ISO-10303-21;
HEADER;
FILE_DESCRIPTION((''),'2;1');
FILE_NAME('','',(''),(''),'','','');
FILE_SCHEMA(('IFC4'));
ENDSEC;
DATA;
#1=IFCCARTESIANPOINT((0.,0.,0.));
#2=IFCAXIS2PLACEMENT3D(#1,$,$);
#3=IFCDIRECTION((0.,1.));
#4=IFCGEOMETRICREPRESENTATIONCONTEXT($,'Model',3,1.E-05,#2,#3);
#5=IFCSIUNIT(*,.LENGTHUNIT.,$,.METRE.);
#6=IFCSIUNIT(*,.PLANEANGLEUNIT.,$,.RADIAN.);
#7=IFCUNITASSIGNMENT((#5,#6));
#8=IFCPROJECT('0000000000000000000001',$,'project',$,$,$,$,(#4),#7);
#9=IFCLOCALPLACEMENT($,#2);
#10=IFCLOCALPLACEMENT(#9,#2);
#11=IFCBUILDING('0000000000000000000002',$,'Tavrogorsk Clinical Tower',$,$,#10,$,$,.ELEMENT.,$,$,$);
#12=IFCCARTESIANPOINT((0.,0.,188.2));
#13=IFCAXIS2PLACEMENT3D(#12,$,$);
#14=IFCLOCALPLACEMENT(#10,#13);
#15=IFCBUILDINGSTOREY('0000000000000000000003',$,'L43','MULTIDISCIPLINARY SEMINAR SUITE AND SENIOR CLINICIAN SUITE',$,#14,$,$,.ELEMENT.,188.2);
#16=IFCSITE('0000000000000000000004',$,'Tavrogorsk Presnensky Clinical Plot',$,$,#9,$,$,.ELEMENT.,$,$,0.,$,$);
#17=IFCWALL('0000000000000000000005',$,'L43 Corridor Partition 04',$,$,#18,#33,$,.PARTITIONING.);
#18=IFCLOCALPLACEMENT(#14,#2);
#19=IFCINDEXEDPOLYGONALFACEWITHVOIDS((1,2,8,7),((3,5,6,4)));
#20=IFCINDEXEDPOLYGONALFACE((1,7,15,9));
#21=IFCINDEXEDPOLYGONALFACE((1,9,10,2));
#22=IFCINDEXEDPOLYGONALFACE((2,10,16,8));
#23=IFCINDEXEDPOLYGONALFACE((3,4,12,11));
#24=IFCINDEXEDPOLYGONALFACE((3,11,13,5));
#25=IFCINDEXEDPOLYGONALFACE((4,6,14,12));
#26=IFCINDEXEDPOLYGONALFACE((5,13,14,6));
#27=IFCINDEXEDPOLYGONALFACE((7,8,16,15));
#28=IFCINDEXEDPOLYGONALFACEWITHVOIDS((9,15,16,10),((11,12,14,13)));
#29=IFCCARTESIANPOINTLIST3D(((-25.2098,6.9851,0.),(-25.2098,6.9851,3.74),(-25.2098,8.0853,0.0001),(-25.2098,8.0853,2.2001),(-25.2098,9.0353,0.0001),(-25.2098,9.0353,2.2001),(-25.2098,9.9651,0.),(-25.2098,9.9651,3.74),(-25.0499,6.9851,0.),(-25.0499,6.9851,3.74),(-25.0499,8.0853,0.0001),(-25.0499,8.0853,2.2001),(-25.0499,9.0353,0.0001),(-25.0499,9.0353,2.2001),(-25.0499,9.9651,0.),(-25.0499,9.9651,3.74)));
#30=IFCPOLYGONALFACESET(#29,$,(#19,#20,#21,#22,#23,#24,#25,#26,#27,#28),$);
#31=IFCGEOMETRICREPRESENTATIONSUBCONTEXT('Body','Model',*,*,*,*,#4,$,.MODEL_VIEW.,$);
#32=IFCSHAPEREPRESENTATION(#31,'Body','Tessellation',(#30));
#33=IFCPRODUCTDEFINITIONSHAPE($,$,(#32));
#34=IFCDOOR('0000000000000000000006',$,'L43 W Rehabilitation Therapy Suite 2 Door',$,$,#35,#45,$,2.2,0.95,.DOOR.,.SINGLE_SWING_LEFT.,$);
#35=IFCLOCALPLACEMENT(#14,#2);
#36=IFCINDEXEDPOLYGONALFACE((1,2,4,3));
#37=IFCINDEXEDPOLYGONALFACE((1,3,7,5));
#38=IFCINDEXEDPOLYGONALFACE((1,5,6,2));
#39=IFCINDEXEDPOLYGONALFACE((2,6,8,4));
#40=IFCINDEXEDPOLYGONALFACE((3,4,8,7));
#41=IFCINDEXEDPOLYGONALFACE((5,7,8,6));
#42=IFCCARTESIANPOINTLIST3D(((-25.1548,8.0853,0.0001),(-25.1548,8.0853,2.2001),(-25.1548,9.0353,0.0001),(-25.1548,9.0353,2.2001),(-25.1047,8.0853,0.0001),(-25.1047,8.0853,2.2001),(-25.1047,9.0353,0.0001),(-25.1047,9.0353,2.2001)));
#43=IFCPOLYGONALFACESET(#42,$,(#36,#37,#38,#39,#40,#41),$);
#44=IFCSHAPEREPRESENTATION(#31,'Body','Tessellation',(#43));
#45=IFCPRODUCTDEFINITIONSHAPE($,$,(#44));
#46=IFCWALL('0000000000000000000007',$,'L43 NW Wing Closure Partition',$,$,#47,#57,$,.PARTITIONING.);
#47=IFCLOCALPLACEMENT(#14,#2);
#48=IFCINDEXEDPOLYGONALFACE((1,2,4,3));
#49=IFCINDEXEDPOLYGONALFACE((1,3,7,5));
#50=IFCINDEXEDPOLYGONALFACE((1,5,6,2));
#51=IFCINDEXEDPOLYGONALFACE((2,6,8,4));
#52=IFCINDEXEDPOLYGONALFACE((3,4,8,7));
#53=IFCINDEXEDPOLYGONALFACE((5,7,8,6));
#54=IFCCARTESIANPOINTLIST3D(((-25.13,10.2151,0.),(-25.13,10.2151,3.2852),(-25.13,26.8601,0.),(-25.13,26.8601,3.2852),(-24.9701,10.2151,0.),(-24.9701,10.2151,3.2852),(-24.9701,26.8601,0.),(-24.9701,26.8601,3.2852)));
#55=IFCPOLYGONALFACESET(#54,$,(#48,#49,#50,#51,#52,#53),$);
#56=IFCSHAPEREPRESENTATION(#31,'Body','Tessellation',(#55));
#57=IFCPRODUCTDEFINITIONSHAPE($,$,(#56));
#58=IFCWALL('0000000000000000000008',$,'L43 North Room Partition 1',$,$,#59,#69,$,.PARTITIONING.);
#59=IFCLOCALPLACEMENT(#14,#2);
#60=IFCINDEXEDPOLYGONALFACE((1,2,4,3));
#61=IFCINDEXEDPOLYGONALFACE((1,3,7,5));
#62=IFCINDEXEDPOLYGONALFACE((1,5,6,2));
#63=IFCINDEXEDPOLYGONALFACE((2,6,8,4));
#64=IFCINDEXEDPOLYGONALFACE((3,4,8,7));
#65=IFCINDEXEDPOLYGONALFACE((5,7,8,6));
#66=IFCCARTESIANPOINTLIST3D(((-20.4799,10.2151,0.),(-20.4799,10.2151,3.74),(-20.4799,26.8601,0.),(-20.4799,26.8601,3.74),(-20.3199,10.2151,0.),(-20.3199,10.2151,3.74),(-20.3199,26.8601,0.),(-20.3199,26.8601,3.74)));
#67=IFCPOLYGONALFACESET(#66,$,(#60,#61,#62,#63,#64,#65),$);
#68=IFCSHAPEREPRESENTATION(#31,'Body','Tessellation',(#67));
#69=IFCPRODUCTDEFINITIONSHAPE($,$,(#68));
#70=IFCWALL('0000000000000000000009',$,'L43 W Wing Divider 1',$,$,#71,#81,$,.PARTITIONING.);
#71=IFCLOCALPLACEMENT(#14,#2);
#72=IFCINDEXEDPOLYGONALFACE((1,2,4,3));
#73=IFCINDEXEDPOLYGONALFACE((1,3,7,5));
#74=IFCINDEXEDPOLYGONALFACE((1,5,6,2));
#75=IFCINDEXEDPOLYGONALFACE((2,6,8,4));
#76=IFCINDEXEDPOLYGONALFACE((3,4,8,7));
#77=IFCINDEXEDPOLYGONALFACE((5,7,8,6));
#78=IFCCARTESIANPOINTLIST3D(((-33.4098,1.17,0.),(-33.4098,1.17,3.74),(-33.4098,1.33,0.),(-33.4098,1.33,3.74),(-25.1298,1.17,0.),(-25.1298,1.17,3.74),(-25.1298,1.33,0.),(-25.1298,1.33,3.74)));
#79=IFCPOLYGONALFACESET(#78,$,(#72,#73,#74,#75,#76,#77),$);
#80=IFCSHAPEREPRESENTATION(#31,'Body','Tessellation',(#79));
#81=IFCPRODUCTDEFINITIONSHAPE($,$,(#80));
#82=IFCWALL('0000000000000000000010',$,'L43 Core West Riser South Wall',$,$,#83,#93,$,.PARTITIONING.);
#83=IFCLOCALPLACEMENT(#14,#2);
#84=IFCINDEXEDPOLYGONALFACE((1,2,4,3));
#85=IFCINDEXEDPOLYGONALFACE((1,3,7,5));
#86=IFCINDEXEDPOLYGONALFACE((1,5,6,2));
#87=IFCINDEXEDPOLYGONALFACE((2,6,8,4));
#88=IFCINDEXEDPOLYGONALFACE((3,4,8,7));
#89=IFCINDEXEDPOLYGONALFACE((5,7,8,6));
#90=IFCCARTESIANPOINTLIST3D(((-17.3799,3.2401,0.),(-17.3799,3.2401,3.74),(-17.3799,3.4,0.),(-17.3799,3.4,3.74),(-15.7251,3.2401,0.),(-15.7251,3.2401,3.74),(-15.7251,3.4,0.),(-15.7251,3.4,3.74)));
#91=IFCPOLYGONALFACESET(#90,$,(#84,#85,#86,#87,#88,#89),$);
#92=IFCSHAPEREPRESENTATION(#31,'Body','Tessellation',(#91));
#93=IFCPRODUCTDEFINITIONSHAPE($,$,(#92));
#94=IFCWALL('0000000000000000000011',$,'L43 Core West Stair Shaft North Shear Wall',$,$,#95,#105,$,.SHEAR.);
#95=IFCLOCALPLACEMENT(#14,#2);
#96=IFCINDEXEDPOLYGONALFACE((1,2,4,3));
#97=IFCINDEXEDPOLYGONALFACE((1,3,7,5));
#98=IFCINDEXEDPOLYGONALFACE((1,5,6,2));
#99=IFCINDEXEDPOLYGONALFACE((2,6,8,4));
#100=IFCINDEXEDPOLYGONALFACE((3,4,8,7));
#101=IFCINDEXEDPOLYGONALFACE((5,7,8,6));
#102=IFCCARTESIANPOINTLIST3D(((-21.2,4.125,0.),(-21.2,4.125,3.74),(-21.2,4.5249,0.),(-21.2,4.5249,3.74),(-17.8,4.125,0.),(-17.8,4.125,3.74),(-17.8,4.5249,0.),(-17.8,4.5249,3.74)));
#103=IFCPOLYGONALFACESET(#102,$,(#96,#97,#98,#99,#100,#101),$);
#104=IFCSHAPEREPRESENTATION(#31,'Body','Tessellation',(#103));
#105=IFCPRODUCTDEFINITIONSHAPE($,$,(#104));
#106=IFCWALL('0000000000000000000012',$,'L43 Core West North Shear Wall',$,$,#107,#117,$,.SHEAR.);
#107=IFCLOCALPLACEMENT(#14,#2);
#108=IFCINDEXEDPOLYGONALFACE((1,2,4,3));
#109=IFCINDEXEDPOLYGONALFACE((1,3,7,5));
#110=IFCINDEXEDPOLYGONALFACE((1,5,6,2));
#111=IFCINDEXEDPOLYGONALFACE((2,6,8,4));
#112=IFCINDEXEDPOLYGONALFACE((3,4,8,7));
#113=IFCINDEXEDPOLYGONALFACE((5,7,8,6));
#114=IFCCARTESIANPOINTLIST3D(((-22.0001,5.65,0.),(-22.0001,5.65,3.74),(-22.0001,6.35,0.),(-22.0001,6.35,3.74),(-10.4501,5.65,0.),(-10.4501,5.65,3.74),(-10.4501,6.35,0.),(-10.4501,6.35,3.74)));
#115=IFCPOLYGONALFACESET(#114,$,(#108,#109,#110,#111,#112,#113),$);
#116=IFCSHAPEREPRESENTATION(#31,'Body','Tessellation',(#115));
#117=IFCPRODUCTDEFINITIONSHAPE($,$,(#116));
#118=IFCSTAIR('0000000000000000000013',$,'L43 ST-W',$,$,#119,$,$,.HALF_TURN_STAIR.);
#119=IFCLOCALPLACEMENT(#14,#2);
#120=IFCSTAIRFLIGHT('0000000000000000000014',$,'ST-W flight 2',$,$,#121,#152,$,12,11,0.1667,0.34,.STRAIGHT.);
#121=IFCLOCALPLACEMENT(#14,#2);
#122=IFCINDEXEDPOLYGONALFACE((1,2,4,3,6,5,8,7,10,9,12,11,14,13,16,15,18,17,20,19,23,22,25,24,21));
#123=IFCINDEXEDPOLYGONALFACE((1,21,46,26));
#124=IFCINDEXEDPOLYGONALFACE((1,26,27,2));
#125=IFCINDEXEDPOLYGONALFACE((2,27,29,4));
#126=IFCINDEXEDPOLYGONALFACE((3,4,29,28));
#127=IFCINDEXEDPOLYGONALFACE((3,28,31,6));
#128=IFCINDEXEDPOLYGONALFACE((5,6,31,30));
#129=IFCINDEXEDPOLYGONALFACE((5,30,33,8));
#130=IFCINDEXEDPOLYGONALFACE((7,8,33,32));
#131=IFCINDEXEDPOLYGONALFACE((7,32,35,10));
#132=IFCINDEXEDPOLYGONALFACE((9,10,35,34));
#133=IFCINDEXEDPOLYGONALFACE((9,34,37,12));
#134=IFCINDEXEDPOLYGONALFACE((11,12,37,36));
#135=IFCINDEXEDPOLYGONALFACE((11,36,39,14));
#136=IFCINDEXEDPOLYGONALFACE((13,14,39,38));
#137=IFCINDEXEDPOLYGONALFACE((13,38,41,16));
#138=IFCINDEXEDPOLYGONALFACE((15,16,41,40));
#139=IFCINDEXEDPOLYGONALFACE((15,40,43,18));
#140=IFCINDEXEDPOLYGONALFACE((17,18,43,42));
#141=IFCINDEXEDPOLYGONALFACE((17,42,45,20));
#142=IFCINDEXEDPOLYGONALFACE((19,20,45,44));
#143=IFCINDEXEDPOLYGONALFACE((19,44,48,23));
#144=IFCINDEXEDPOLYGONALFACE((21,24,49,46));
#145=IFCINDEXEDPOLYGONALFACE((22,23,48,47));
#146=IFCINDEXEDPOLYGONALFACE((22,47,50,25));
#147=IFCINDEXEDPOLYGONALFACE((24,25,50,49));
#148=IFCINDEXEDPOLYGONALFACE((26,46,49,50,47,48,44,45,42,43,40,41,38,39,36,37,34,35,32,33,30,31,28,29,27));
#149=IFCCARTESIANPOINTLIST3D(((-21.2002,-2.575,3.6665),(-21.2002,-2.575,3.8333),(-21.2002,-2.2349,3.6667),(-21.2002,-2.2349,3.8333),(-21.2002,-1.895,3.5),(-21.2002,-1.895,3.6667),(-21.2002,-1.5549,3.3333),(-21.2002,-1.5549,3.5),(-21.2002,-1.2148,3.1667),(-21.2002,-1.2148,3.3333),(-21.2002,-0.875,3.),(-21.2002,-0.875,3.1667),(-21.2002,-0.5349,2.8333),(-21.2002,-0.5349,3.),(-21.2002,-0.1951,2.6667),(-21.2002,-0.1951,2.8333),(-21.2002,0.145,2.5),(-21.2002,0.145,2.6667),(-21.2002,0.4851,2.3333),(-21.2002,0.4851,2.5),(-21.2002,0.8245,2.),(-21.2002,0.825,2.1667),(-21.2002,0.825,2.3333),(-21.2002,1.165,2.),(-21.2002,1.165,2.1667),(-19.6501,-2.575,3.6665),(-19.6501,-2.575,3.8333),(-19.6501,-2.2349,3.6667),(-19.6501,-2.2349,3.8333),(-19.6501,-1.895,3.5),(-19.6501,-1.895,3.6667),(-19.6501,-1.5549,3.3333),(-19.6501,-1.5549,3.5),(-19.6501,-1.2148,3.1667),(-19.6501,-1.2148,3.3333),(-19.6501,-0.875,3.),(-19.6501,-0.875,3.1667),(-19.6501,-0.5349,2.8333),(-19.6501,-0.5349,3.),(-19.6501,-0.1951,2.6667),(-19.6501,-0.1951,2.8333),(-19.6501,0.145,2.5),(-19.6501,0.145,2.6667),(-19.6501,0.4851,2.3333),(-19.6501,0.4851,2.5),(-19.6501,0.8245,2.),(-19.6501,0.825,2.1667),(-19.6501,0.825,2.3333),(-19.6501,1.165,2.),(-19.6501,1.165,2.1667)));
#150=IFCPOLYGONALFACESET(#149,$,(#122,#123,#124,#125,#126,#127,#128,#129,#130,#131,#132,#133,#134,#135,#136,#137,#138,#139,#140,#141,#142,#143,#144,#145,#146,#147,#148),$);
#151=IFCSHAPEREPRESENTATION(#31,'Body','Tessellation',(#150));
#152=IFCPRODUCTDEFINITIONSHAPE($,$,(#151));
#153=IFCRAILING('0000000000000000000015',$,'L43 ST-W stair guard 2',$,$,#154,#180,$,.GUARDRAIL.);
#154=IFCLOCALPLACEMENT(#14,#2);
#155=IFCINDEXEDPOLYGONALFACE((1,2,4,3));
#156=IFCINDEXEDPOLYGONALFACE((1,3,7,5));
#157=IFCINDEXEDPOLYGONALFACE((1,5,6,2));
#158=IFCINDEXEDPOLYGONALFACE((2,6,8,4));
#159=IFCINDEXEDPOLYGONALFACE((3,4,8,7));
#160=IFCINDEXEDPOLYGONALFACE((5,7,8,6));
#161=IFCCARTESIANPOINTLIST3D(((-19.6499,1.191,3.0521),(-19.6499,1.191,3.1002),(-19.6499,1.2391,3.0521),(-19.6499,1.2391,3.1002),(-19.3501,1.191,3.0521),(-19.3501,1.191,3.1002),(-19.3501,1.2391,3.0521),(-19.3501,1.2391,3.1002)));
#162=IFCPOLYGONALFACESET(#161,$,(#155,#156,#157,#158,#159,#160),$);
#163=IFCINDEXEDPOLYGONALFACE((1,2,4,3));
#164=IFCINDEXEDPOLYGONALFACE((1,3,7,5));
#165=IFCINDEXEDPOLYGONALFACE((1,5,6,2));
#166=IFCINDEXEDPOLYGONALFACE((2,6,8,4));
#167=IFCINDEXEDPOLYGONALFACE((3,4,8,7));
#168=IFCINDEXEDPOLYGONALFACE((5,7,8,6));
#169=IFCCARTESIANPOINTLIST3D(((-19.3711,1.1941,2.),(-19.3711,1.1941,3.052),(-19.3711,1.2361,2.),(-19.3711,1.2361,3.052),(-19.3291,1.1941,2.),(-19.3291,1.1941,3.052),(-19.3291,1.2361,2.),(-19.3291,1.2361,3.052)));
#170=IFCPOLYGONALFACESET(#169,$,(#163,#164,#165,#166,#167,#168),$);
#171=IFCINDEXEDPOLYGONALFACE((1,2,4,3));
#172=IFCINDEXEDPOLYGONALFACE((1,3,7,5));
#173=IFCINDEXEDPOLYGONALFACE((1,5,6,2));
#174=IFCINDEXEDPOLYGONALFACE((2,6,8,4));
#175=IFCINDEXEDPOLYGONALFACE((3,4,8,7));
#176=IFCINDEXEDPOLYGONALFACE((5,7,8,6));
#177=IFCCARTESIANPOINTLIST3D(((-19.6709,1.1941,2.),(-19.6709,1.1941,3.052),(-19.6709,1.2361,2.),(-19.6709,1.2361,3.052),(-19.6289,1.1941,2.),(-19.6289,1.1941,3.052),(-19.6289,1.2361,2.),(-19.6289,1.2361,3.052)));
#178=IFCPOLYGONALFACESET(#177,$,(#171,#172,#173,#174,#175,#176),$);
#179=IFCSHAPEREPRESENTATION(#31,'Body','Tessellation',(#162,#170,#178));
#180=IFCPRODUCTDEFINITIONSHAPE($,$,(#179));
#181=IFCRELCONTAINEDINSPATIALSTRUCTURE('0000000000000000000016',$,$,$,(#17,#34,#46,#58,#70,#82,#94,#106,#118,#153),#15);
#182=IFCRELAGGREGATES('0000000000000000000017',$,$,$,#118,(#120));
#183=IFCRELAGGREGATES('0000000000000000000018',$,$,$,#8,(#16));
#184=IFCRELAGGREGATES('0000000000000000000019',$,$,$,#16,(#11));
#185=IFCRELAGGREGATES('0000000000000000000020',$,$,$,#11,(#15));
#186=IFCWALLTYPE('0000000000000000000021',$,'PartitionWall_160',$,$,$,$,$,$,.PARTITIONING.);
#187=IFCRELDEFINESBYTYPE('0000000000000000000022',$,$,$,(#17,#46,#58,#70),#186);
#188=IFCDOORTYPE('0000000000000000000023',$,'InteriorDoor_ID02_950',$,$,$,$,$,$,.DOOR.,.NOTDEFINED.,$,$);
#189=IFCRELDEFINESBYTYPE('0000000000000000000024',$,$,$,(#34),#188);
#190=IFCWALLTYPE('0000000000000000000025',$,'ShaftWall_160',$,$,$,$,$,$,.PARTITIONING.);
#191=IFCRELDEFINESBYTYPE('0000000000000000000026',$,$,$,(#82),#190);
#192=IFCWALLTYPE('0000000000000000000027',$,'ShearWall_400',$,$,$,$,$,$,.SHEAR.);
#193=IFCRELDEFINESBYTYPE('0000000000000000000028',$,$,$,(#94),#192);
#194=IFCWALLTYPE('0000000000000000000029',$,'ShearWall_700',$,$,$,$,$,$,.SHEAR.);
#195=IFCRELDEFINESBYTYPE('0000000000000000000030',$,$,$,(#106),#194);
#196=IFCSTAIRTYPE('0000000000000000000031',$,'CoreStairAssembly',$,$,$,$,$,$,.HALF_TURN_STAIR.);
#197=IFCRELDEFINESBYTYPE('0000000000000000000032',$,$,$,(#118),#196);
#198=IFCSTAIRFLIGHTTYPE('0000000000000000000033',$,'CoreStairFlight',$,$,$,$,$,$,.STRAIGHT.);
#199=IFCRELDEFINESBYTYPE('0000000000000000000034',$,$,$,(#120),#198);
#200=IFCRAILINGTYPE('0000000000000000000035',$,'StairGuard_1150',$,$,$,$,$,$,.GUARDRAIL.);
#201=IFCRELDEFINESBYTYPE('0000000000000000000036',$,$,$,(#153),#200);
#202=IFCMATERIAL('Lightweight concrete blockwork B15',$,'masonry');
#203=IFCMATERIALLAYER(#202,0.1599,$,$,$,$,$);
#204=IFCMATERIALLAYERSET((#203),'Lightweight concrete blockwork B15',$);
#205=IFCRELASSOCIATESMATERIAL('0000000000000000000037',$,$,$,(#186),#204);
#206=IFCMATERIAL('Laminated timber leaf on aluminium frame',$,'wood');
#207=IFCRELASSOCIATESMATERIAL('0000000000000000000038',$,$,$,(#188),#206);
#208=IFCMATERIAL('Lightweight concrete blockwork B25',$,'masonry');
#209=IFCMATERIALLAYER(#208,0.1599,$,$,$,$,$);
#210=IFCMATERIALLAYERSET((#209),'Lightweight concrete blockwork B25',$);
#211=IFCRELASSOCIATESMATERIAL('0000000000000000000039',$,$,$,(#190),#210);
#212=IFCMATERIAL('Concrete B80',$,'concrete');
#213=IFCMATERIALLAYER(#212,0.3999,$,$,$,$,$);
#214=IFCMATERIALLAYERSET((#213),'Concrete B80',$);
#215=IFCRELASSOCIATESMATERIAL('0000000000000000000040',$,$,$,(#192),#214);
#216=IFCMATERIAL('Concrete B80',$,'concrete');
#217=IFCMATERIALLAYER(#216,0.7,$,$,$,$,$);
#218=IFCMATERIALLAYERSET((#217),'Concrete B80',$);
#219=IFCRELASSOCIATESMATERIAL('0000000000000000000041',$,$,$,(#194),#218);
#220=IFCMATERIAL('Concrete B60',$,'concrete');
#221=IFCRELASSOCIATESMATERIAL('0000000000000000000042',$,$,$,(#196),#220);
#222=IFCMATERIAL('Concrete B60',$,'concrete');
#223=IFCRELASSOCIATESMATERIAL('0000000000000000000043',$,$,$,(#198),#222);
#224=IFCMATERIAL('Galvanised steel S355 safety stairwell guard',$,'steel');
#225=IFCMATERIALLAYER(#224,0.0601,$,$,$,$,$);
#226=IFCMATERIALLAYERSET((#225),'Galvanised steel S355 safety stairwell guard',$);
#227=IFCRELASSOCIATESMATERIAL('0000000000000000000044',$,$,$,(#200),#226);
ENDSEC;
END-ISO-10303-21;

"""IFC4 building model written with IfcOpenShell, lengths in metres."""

from ifc_helpers import new_model, si_unit, direction, frame, frame_2d, origin, origin_2d, place, context, subcontext, project, spatial, polyline, rectangle, outline, extrude, material, layer, layer_set, type_object, element, fill, aggregate, save


model = new_model("IFC4")

# Units and contexts
model_context = context("Model", 3, precision=1e-05, world=origin(), true_north=direction((0.0, 1.0)))
body_context = subcontext(model_context, "Body", "Model", "MODEL_VIEW")
ifc_project = project(units=[si_unit("LENGTHUNIT", "METRE"), si_unit("PLANEANGLEUNIT", "RADIAN")], contexts=[model_context])

# Site, building, storey
site_placement = place(None, origin())
site = spatial("IfcSite", under=ifc_project, at=site_placement, Name="Tavrogorsk Presnensky Clinical Plot", CompositionType="ELEMENT", RefElevation=0.0)
building_placement = place(site_placement, origin())
building = spatial("IfcBuilding", under=site, at=building_placement, Name="Tavrogorsk Clinical Tower", CompositionType="ELEMENT")
storey_placement = place(building_placement, frame((0.0, 0.0, 188.2)))
storey = spatial("IfcBuildingStorey", under=building, at=storey_placement, Name="L43", Description="MULTIDISCIPLINARY SEMINAR SUITE AND SENIOR CLINICIAN SUITE", CompositionType="ELEMENT", Elevation=188.2)

# Wall, opening, door
ifc_material_1 = material(Name="Lightweight concrete blockwork B15", Category="masonry")
ifc_layer_1 = layer(ifc_material_1, 0.1599)
ifc_layer_set_1 = layer_set([ifc_layer_1], Name="Lightweight concrete blockwork B15")
wall_type_1 = type_object("IfcWallType", Name="PartitionWall_160", PredefinedType="PARTITIONING", material=ifc_layer_set_1)
wall_1_placement = place(storey_placement, frame((-25.1299, 6.9851, 0.0), z_axis=(0.0, 0.0, 1.0), x_axis=(0.0, 1.0, 0.0)))
wall_1 = element("IfcWall", 1, at=wall_1_placement, inside=storey, type_object=wall_type_1, Name="L43 Corridor Partition 04", PredefinedType="PARTITIONING", context=body_context, shape_type="SweptSolid", body=[
    extrude(rectangle(XDim=2.98, YDim=0.1599, at=frame_2d((1.49, 0.0))), origin(), (0.0, 0.0, 1.0), 3.74),
])
opening_1_placement = place(wall_1_placement, frame((1.1001, 0.0, 0.0)))
opening_1 = element("IfcOpeningElement", 2, at=opening_1_placement, cuts=wall_1, PredefinedType="OPENING", context=body_context, shape_type="SweptSolid", body=[
    extrude(rectangle(XDim=0.95, YDim=2.2, at=frame_2d((0.4751, 1.1001))), frame((0.0, 0.0898, 0.0), z_axis=(0.0, -1.0, 0.0), x_axis=(1.0, 0.0, 0.0)), (0.0, 0.0, 1.0), 0.1799),
])
ifc_material_2 = material(Name="Laminated timber leaf on aluminium frame", Category="wood")
door_type_1 = type_object("IfcDoorType", Name="InteriorDoor_ID02_950", OperationType="NOTDEFINED", PredefinedType="DOOR", material=ifc_material_2)
door_1_placement = place(opening_1_placement, origin())
door_1 = element("IfcDoor", 3, at=door_1_placement, inside=storey, type_object=door_type_1, Name="L43 W Rehabilitation Therapy Suite 2 Door", OperationType="SINGLE_SWING_LEFT", OverallHeight=2.2, OverallWidth=0.95, PredefinedType="DOOR", context=body_context, shape_type="SweptSolid", body=[
    extrude(rectangle(XDim=0.95, YDim=2.2, at=frame_2d((0.4751, 1.1001))), frame((0.0, 0.0249, 0.0), z_axis=(0.0, -1.0, 0.0), x_axis=(1.0, 0.0, 0.0)), (0.0, 0.0, 1.0), 0.05),
])
fill(opening_1, door_1)

# Walls
wall_2_placement = place(storey_placement, frame((-25.05, 10.2151, 0.0), z_axis=(0.0, 0.0, 1.0), x_axis=(0.0, 1.0, 0.0)))
element("IfcWall", 4, at=wall_2_placement, inside=storey, type_object=wall_type_1, Name="L43 NW Wing Closure Partition", PredefinedType="PARTITIONING", context=body_context, shape_type="SweptSolid", body=[
    extrude(rectangle(XDim=16.645, YDim=0.1599, at=frame_2d((8.3225, 0.0))), origin(), (0.0, 0.0, 1.0), 3.2852),
])
wall_3_placement = place(storey_placement, frame((-20.3999, 10.2151, 0.0), z_axis=(0.0, 0.0, 1.0), x_axis=(0.0, 1.0, 0.0)))
element("IfcWall", 5, at=wall_3_placement, inside=storey, type_object=wall_type_1, Name="L43 North Room Partition 1", PredefinedType="PARTITIONING", context=body_context, shape_type="SweptSolid", body=[
    extrude(rectangle(XDim=16.645, YDim=0.1599, at=frame_2d((8.3225, 0.0))), origin(), (0.0, 0.0, 1.0), 3.74),
])
wall_4_placement = place(storey_placement, frame((-33.4099, 1.25, 0.0), z_axis=(0.0, 0.0, 1.0), x_axis=(1.0, 0.0, 0.0)))
element("IfcWall", 6, at=wall_4_placement, inside=storey, type_object=wall_type_1, Name="L43 W Wing Divider 1", PredefinedType="PARTITIONING", context=body_context, shape_type="SweptSolid", body=[
    extrude(rectangle(XDim=8.28, YDim=0.1599, at=frame_2d((4.1401, 0.0))), origin(), (0.0, 0.0, 1.0), 3.74),
])
ifc_material_3 = material(Name="Lightweight concrete blockwork B25", Category="masonry")
ifc_layer_2 = layer(ifc_material_3, 0.1599)
ifc_layer_set_2 = layer_set([ifc_layer_2], Name="Lightweight concrete blockwork B25")
wall_type_2 = type_object("IfcWallType", Name="ShaftWall_160", PredefinedType="PARTITIONING", material=ifc_layer_set_2)
wall_5_placement = place(storey_placement, frame((-17.3799, 3.3201, 0.0), z_axis=(0.0, 0.0, 1.0), x_axis=(1.0, 0.0, 0.0)))
element("IfcWall", 7, at=wall_5_placement, inside=storey, type_object=wall_type_2, Name="L43 Core West Riser South Wall", PredefinedType="PARTITIONING", context=body_context, shape_type="SweptSolid", body=[
    extrude(rectangle(XDim=1.6548, YDim=0.1599, at=frame_2d((0.8274, 0.0))), origin(), (0.0, 0.0, 1.0), 3.74),
])
ifc_material_4 = material(Name="Concrete B80", Category="concrete")
ifc_layer_3 = layer(ifc_material_4, 0.3999)
ifc_layer_set_3 = layer_set([ifc_layer_3], Name="Concrete B80")
wall_type_3 = type_object("IfcWallType", Name="ShearWall_400", PredefinedType="SHEAR", material=ifc_layer_set_3)
wall_6_placement = place(storey_placement, frame((-21.2, 4.325, 0.0), z_axis=(0.0, 0.0, 1.0), x_axis=(1.0, 0.0, 0.0)))
element("IfcWall", 8, at=wall_6_placement, inside=storey, type_object=wall_type_3, Name="L43 Core West Stair Shaft North Shear Wall", PredefinedType="SHEAR", context=body_context, shape_type="SweptSolid", body=[
    extrude(rectangle(XDim=3.3999, YDim=0.3999, at=frame_2d((1.7, 0.0))), origin(), (0.0, 0.0, 1.0), 3.74),
])
ifc_material_5 = material(Name="Concrete B80", Category="concrete")
ifc_layer_4 = layer(ifc_material_5, 0.7)
ifc_layer_set_4 = layer_set([ifc_layer_4], Name="Concrete B80")
wall_type_4 = type_object("IfcWallType", Name="ShearWall_700", PredefinedType="SHEAR", material=ifc_layer_set_4)
wall_7_placement = place(storey_placement, frame((-22.0, 6.0, 0.0), z_axis=(0.0, 0.0, 1.0), x_axis=(1.0, 0.0, 0.0)))
element("IfcWall", 9, at=wall_7_placement, inside=storey, type_object=wall_type_4, Name="L43 Core West North Shear Wall", PredefinedType="SHEAR", context=body_context, shape_type="SweptSolid", body=[
    extrude(rectangle(XDim=11.55, YDim=0.7, at=frame_2d((5.7749, 0.0))), origin(), (0.0, 0.0, 1.0), 3.74),
])

# Stair, stair flight
ifc_material_6 = material(Name="Concrete B60", Category="concrete")
stair_type = type_object("IfcStairType", Name="CoreStairAssembly", PredefinedType="HALF_TURN_STAIR", material=ifc_material_6)
stair_placement = place(storey_placement, origin())
stair = element("IfcStair", 10, at=stair_placement, inside=storey, type_object=stair_type, Name="L43 ST-W", PredefinedType="HALF_TURN_STAIR")
ifc_material_7 = material(Name="Concrete B60", Category="concrete")
stair_flight_type = type_object("IfcStairFlightType", Name="CoreStairFlight", PredefinedType="STRAIGHT", material=ifc_material_7)
stair_flight_placement = place(storey_placement, frame((-20.425, 1.165, 2.0), z_axis=(0.0, 0.0, 1.0), x_axis=(0.0, -1.0, 0.0)))
stair_flight = element("IfcStairFlight", 11, at=stair_flight_placement, type_object=stair_flight_type, Name="ST-W flight 2", NumberOfRisers=12, NumberOfTreads=11, PredefinedType="STRAIGHT", RiserHeight=0.1667, TreadLength=0.34, context=body_context, shape_type="SweptSolid", body=[
    extrude(outline(polyline([(0.0, 0.0), (0.0, 0.1667), (0.3401, 0.1667), (0.3401, 0.3333), (0.6799, 0.3333), (0.6799, 0.5), (1.02, 0.5), (1.02, 0.6667), (1.3601, 0.6667), (1.3601, 0.8333), (1.7, 0.8333), (1.7, 1.0), (2.04, 1.0), (2.04, 1.1667), (2.3799, 1.1667), (2.3799, 1.3333), (2.72, 1.3333), (2.72, 1.5), (3.0601, 1.5), (3.0601, 1.6667), (3.3999, 1.6667), (3.3999, 1.8333), (3.74, 1.8333), (3.74, 2.0), (3.74, 1.6665), (0.3406, 0.0), (0.0, 0.0)])), frame((0.0, 0.7749, 0.0), z_axis=(0.0, -1.0, 0.0), x_axis=(1.0, 0.0, 0.0)), (0.0, 0.0, 1.0), 1.55),
])
aggregate(stair, [stair_flight])

# Railing
ifc_material_8 = material(Name="Galvanised steel S355 safety stairwell guard", Category="steel")
ifc_layer_5 = layer(ifc_material_8, 0.0601)
ifc_layer_set_5 = layer_set([ifc_layer_5], Name="Galvanised steel S355 safety stairwell guard")
railing_type_1 = type_object("IfcRailingType", Name="StairGuard_1150", PredefinedType="GUARDRAIL", material=ifc_layer_set_5)
railing_1_placement = place(storey_placement, frame((-19.3501, 1.2151, 2.0)))
element("IfcRailing", 12, at=railing_1_placement, inside=storey, type_object=railing_type_1, Name="L43 ST-W stair guard 2", PredefinedType="GUARDRAIL", context=body_context, shape_type="SweptSolid", body=[
    extrude(rectangle(XDim=0.0481, YDim=0.0481, at=origin_2d()), frame((0.0, 0.0, 1.0762), z_axis=(-1.0, 0.0, 0.0), x_axis=(0.0, -1.0, 0.0)), (0.0, 0.0, 1.0), 0.2998),
    extrude(rectangle(XDim=0.042, YDim=0.042, at=origin_2d()), origin(), (0.0, 0.0, 1.0), 1.052),
    extrude(rectangle(XDim=0.042, YDim=0.042, at=origin_2d()), frame((-0.2998, 0.0, 0.0)), (0.0, 0.0, 1.0), 1.052),
])

save(model, "model.ifc")
